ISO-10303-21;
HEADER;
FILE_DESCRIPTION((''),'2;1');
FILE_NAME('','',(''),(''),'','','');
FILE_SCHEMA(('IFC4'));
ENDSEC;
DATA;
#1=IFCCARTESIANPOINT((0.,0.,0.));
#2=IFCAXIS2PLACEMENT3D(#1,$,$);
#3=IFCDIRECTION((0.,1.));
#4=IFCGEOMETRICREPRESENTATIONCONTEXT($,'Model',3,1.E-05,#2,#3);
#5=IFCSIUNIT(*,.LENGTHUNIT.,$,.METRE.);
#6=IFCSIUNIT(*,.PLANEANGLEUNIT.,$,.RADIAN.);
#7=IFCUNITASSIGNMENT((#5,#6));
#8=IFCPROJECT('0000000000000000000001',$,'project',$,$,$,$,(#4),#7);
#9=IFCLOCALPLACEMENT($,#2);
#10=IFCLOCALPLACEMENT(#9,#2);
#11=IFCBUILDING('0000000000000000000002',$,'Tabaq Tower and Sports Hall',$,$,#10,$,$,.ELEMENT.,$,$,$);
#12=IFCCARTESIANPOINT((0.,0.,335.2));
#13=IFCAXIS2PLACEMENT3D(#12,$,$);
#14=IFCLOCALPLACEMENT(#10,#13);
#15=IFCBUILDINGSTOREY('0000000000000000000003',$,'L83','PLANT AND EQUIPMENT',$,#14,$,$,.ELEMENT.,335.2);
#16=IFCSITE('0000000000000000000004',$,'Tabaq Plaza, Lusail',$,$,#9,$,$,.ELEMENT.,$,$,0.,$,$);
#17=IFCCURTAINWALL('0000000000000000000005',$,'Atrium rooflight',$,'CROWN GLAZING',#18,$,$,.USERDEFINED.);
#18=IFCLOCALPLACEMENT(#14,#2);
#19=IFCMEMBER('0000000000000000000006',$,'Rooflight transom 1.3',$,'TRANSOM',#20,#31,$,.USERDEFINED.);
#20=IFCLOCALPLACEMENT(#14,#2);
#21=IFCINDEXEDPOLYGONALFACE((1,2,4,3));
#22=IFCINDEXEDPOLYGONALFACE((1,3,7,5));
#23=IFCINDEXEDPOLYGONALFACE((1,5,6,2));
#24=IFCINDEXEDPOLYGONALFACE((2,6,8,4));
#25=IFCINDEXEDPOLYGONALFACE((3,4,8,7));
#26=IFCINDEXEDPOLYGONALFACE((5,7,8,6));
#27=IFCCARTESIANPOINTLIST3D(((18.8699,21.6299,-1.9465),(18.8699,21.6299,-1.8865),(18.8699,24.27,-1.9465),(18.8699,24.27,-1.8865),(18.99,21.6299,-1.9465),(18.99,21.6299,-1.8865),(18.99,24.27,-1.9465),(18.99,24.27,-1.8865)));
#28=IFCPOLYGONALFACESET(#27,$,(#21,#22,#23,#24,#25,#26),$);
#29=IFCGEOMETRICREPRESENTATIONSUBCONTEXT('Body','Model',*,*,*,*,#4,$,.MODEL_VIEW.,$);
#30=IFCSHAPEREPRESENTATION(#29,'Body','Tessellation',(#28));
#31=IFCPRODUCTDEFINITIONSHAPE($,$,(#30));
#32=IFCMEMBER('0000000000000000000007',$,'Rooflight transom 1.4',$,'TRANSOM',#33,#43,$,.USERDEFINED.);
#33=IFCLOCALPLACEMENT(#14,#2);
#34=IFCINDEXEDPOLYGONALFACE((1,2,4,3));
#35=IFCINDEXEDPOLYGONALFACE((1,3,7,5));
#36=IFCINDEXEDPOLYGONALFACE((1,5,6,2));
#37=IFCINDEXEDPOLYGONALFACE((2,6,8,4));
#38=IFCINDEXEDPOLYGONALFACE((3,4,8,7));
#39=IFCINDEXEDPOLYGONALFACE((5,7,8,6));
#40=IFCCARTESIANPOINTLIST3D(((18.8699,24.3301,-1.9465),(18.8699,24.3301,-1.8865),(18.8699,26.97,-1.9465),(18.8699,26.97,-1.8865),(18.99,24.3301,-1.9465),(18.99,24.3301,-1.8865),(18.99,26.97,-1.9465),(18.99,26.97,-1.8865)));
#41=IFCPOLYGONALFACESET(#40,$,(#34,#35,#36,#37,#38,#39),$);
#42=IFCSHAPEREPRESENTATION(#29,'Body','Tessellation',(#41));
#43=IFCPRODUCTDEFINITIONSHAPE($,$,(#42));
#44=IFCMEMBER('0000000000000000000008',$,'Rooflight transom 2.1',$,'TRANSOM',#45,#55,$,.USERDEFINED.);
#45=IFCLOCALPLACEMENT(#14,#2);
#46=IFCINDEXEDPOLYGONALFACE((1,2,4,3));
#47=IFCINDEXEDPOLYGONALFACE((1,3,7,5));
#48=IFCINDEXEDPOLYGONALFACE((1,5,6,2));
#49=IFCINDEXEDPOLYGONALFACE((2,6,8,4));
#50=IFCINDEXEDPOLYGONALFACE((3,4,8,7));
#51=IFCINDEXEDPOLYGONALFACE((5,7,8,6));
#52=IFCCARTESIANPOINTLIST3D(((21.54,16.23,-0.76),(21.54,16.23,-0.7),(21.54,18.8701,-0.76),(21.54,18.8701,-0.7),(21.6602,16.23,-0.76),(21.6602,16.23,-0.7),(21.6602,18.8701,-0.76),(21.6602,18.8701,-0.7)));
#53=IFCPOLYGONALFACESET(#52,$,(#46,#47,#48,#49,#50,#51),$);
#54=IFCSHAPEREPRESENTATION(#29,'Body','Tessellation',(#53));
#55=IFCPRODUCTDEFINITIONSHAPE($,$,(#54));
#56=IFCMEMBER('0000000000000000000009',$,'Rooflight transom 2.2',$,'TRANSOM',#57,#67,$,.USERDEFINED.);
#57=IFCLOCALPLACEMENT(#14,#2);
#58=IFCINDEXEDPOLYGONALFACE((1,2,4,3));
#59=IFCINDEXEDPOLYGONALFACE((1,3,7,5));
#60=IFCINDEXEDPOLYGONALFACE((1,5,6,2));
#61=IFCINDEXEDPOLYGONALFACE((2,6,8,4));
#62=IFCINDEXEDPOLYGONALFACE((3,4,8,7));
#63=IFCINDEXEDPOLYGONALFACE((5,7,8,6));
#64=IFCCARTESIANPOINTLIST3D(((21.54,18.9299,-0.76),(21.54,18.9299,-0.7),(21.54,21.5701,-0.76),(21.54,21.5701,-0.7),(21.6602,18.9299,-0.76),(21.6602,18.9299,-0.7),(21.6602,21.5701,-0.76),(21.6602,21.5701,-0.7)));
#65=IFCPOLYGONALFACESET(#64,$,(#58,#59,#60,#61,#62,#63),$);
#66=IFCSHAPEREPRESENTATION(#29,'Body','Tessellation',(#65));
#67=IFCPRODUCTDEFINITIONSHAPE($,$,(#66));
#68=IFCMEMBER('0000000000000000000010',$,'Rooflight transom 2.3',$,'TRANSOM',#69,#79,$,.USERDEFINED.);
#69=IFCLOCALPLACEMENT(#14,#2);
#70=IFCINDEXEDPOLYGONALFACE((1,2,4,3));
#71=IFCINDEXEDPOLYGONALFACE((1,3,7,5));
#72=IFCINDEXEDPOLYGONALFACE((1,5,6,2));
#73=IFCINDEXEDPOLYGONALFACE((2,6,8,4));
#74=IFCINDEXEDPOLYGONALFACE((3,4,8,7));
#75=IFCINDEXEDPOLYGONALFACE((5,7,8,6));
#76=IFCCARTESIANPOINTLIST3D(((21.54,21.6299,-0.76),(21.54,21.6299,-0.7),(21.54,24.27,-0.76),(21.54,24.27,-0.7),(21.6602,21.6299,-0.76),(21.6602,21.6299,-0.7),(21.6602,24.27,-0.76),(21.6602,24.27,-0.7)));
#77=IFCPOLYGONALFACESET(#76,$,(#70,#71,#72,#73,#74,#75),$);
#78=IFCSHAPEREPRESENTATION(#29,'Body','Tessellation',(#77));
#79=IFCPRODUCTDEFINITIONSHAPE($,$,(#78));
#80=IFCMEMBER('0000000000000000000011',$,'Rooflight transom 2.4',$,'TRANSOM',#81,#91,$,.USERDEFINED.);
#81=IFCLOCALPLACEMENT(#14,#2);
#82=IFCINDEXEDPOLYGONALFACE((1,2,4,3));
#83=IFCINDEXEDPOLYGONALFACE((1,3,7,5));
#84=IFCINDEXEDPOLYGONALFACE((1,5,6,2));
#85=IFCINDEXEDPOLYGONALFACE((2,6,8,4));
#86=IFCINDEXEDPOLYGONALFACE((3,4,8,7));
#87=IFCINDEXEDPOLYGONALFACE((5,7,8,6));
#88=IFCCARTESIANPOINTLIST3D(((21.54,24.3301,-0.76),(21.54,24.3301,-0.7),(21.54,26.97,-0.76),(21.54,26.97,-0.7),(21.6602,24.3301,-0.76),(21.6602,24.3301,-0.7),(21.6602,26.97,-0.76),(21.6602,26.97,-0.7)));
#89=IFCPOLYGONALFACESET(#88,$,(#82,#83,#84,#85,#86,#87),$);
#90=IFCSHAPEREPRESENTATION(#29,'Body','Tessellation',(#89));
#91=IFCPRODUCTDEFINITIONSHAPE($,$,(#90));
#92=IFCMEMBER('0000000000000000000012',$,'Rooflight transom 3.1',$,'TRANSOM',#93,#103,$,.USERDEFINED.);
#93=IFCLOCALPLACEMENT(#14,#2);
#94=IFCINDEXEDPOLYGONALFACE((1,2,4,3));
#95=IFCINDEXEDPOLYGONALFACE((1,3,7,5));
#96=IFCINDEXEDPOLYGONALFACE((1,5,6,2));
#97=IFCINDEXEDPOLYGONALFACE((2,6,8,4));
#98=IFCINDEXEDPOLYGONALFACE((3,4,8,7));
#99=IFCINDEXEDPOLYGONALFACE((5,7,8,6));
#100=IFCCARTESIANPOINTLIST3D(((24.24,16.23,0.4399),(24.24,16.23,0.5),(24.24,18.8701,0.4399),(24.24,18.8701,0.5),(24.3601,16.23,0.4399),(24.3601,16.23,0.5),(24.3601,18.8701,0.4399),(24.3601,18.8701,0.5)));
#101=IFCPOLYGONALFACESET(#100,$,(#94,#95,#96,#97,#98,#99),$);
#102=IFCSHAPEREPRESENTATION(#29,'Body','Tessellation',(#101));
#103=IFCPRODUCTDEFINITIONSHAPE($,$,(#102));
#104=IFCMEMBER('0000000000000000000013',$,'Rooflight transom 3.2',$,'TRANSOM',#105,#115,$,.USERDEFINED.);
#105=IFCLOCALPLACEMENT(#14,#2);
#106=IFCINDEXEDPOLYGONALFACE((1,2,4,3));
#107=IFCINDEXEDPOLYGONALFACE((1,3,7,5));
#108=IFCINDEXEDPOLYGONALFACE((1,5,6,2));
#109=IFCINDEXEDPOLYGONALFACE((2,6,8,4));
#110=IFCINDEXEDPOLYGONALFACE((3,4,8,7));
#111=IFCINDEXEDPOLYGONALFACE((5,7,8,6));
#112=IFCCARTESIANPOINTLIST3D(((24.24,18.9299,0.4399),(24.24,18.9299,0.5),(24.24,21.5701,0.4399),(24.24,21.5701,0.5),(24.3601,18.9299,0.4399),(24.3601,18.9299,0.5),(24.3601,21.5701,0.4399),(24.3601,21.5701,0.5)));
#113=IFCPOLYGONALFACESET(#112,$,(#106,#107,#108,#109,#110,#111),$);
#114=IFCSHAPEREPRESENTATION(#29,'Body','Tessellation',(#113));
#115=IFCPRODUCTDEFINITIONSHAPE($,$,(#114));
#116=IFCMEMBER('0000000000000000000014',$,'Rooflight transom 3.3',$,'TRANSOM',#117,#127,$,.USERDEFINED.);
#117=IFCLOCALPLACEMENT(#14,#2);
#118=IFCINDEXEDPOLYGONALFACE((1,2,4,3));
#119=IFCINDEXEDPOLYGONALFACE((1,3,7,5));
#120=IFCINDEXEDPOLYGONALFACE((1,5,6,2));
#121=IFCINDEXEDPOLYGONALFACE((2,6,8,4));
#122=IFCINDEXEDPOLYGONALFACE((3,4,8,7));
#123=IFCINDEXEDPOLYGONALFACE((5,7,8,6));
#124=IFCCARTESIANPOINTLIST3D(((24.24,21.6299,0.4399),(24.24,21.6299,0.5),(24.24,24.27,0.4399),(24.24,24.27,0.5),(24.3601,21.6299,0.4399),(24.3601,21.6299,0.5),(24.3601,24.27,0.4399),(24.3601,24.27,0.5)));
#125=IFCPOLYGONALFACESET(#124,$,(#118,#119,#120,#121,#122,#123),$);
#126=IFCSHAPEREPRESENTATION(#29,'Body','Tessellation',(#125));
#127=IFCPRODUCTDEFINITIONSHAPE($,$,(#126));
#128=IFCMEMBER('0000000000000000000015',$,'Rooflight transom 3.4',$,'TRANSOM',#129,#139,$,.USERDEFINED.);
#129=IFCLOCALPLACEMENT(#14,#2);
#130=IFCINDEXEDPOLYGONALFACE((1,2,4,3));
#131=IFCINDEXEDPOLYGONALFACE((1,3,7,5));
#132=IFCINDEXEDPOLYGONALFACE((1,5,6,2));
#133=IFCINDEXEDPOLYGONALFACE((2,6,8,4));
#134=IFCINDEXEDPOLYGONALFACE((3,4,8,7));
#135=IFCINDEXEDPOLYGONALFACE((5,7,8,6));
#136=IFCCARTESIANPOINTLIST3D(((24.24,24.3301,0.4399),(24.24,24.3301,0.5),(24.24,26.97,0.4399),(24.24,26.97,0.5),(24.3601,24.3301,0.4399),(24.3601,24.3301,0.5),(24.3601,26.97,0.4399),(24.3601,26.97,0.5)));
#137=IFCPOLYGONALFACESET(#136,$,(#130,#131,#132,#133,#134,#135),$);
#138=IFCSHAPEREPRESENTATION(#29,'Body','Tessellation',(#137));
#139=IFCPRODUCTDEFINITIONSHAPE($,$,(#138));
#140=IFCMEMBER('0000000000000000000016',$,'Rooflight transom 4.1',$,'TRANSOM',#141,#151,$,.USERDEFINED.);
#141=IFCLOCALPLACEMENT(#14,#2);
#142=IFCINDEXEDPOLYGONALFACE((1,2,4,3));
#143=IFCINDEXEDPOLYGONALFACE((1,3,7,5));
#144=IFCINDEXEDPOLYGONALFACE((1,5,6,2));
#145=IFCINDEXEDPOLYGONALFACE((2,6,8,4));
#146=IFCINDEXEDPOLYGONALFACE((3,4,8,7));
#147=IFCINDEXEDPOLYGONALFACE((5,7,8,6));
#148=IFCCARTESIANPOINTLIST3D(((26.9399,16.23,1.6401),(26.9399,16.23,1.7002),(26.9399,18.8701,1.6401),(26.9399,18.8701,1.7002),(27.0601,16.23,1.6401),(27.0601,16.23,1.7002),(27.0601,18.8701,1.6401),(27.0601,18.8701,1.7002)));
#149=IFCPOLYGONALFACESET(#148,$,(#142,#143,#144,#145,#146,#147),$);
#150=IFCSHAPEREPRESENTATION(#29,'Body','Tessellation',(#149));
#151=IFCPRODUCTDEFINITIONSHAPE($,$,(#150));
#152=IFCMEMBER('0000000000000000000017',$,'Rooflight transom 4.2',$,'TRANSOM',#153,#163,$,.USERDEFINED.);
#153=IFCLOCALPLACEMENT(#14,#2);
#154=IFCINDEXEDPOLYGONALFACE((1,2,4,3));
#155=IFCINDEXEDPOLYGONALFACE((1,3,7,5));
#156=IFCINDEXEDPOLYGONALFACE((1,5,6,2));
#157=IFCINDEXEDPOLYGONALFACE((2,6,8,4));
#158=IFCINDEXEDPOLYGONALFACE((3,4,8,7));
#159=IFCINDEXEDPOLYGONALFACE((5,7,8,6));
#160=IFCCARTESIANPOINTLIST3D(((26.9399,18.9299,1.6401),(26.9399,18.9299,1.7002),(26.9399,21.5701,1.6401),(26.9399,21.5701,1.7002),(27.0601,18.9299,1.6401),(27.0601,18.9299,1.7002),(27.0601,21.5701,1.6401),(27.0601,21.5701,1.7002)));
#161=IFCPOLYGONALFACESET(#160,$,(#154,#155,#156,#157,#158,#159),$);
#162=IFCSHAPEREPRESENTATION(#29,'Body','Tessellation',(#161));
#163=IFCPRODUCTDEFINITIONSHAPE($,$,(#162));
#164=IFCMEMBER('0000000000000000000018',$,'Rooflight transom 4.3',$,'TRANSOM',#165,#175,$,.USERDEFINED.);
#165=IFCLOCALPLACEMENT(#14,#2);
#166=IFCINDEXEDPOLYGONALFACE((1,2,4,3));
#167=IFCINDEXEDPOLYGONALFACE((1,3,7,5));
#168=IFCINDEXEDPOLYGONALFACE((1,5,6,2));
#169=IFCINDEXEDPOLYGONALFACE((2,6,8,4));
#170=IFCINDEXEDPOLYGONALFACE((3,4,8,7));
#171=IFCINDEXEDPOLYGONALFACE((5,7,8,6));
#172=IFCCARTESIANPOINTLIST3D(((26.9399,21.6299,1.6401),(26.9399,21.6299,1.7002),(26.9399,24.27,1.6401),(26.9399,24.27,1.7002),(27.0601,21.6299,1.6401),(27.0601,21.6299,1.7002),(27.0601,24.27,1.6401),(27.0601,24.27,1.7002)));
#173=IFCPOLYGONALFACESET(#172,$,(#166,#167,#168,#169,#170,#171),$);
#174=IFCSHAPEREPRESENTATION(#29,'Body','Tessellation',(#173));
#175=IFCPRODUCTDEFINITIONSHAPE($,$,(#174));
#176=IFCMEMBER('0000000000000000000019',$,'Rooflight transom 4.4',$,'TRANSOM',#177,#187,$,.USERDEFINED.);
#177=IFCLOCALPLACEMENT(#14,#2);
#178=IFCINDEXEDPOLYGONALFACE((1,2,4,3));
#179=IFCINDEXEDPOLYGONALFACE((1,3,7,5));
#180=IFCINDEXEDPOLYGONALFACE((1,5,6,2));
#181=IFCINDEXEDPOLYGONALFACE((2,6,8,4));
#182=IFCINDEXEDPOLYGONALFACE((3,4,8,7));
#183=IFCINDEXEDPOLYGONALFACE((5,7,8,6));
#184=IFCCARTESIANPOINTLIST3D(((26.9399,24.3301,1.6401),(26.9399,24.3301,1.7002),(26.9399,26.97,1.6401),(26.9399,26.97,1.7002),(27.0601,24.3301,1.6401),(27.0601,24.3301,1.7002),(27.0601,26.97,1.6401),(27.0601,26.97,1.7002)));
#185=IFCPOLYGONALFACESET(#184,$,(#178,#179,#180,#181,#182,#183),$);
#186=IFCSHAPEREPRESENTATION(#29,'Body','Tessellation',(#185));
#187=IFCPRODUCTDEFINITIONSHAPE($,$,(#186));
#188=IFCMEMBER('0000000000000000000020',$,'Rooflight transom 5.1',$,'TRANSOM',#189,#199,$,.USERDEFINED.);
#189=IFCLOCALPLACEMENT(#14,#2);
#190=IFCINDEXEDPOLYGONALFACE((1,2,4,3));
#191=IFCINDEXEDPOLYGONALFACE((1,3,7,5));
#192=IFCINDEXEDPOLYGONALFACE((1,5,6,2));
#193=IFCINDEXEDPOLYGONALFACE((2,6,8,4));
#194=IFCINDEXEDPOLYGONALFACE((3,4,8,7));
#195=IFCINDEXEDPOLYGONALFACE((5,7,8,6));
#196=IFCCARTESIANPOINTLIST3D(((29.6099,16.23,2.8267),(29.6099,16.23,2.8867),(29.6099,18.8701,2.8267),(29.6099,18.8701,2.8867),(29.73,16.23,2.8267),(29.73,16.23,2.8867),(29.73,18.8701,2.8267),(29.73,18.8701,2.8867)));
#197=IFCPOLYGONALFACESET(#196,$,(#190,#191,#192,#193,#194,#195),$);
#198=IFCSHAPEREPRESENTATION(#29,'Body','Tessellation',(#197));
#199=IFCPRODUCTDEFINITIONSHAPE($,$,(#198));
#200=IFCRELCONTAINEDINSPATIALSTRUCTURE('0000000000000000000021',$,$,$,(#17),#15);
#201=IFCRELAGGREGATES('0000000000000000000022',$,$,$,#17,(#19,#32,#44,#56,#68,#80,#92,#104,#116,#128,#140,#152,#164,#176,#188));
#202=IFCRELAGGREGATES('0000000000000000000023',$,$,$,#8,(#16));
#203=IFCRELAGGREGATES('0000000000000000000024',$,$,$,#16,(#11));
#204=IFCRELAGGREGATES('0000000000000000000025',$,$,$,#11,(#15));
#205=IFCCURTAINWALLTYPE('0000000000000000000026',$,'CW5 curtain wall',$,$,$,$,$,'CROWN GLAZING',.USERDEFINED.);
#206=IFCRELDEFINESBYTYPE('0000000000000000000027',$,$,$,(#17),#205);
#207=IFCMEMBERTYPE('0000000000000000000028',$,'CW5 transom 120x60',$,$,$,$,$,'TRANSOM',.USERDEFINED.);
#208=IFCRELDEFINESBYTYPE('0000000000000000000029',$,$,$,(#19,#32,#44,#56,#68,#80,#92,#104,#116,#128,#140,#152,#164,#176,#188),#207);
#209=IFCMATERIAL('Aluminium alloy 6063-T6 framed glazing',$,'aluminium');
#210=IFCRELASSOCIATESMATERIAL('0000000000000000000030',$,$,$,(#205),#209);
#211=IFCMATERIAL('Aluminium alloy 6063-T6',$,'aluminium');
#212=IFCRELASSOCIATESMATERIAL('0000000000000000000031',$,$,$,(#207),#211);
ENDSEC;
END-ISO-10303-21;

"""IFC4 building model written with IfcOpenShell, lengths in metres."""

from ifc_helpers import new_model, si_unit, direction, frame, origin, origin_2d, place, context, subcontext, project, spatial, rectangle, extrude, material, material_profile, profile_set, type_object, element, aggregate, save


model = new_model("IFC4")

# Units and contexts
model_context = context("Model", 3, precision=1e-05, world=origin(), true_north=direction((0.0, 1.0)))
body_context = subcontext(model_context, "Body", "Model", "MODEL_VIEW")
ifc_project = project(units=[si_unit("LENGTHUNIT", "METRE"), si_unit("PLANEANGLEUNIT", "RADIAN")], contexts=[model_context])

# Site, building, storey
site_placement = place(None, origin())
site = spatial("IfcSite", under=ifc_project, at=site_placement, Name="Tabaq Plaza, Lusail", CompositionType="ELEMENT", RefElevation=0.0)
building_placement = place(site_placement, origin())
building = spatial("IfcBuilding", under=site, at=building_placement, Name="Tabaq Tower and Sports Hall", CompositionType="ELEMENT")
storey_placement = place(building_placement, frame((0.0, 0.0, 335.2)))
storey = spatial("IfcBuildingStorey", under=building, at=storey_placement, Name="L83", Description="PLANT AND EQUIPMENT", CompositionType="ELEMENT", Elevation=335.2)

# Curtain wall, members
ifc_material_1 = material(Name="Aluminium alloy 6063-T6 framed glazing", Category="aluminium")
curtain_wall_type = type_object("IfcCurtainWallType", Name="CW5 curtain wall", ElementType="CROWN GLAZING", PredefinedType="USERDEFINED", material=ifc_material_1)
curtain_wall_placement = place(storey_placement, origin())
curtain_wall = element("IfcCurtainWall", 1, at=curtain_wall_placement, inside=storey, type_object=curtain_wall_type, Name="Atrium rooflight", ObjectType="CROWN GLAZING", PredefinedType="USERDEFINED")
ifc_material_2 = material(Name="Aluminium alloy 6063-T6", Category="aluminium")
ifc_material_profile = material_profile(ifc_material_2, rectangle(XDim=0.1201, YDim=0.0601, at=origin_2d()), Name="TRANSOM 120x60")
ifc_profile_set = profile_set([ifc_material_profile], Name="Aluminium alloy 6063-T6")
member_type = type_object("IfcMemberType", Name="CW5 transom 120x60", ElementType="TRANSOM", PredefinedType="USERDEFINED", material=ifc_profile_set)
member_1_placement = place(storey_placement, frame((18.9299, 21.6299, -1.9165), z_axis=(0.0, 1.0, 0.0), x_axis=(-1.0, 0.0, 0.0)))
member_1 = element("IfcMember", 2, at=member_1_placement, type_object=member_type, Name="Rooflight transom 1.3", ObjectType="TRANSOM", PredefinedType="USERDEFINED", context=body_context, shape_type="SweptSolid", body=[
    extrude(rectangle(XDim=0.1201, YDim=0.0601, at=origin_2d()), origin(), (0.0, 0.0, 1.0), 2.6401),
])
member_2_placement = place(storey_placement, frame((18.9299, 24.3301, -1.9165), z_axis=(0.0, 1.0, 0.0), x_axis=(-1.0, 0.0, 0.0)))
member_2 = element("IfcMember", 3, at=member_2_placement, type_object=member_type, Name="Rooflight transom 1.4", ObjectType="TRANSOM", PredefinedType="USERDEFINED", context=body_context, shape_type="SweptSolid", body=[
    extrude(rectangle(XDim=0.1201, YDim=0.0601, at=origin_2d()), origin(), (0.0, 0.0, 1.0), 2.6399),
])
member_3_placement = place(storey_placement, frame((21.6001, 16.23, -0.73), z_axis=(0.0, 1.0, 0.0), x_axis=(-1.0, 0.0, 0.0)))
member_3 = element("IfcMember", 4, at=member_3_placement, type_object=member_type, Name="Rooflight transom 2.1", ObjectType="TRANSOM", PredefinedType="USERDEFINED", context=body_context, shape_type="SweptSolid", body=[
    extrude(rectangle(XDim=0.1201, YDim=0.0601, at=origin_2d()), origin(), (0.0, 0.0, 1.0), 2.6401),
])
member_4_placement = place(storey_placement, frame((21.6001, 18.9299, -0.73), z_axis=(0.0, 1.0, 0.0), x_axis=(-1.0, 0.0, 0.0)))
member_4 = element("IfcMember", 5, at=member_4_placement, type_object=member_type, Name="Rooflight transom 2.2", ObjectType="TRANSOM", PredefinedType="USERDEFINED", context=body_context, shape_type="SweptSolid", body=[
    extrude(rectangle(XDim=0.1201, YDim=0.0601, at=origin_2d()), origin(), (0.0, 0.0, 1.0), 2.6401),
])
member_5_placement = place(storey_placement, frame((21.6001, 21.6299, -0.73), z_axis=(0.0, 1.0, 0.0), x_axis=(-1.0, 0.0, 0.0)))
member_5 = element("IfcMember", 6, at=member_5_placement, type_object=member_type, Name="Rooflight transom 2.3", ObjectType="TRANSOM", PredefinedType="USERDEFINED", context=body_context, shape_type="SweptSolid", body=[
    extrude(rectangle(XDim=0.1201, YDim=0.0601, at=origin_2d()), origin(), (0.0, 0.0, 1.0), 2.6401),
])
member_6_placement = place(storey_placement, frame((21.6001, 24.3301, -0.73), z_axis=(0.0, 1.0, 0.0), x_axis=(-1.0, 0.0, 0.0)))
member_6 = element("IfcMember", 7, at=member_6_placement, type_object=member_type, Name="Rooflight transom 2.4", ObjectType="TRANSOM", PredefinedType="USERDEFINED", context=body_context, shape_type="SweptSolid", body=[
    extrude(rectangle(XDim=0.1201, YDim=0.0601, at=origin_2d()), origin(), (0.0, 0.0, 1.0), 2.6399),
])
member_7_placement = place(storey_placement, frame((24.3, 16.23, 0.47), z_axis=(0.0, 1.0, 0.0), x_axis=(-1.0, 0.0, 0.0)))
member_7 = element("IfcMember", 8, at=member_7_placement, type_object=member_type, Name="Rooflight transom 3.1", ObjectType="TRANSOM", PredefinedType="USERDEFINED", context=body_context, shape_type="SweptSolid", body=[
    extrude(rectangle(XDim=0.1201, YDim=0.0601, at=origin_2d()), origin(), (0.0, 0.0, 1.0), 2.6401),
])
member_8_placement = place(storey_placement, frame((24.3, 18.9299, 0.47), z_axis=(0.0, 1.0, 0.0), x_axis=(-1.0, 0.0, 0.0)))
member_8 = element("IfcMember", 9, at=member_8_placement, type_object=member_type, Name="Rooflight transom 3.2", ObjectType="TRANSOM", PredefinedType="USERDEFINED", context=body_context, shape_type="SweptSolid", body=[
    extrude(rectangle(XDim=0.1201, YDim=0.0601, at=origin_2d()), origin(), (0.0, 0.0, 1.0), 2.6401),
])
member_9_placement = place(storey_placement, frame((24.3, 21.6299, 0.47), z_axis=(0.0, 1.0, 0.0), x_axis=(-1.0, 0.0, 0.0)))
member_9 = element("IfcMember", 10, at=member_9_placement, type_object=member_type, Name="Rooflight transom 3.3", ObjectType="TRANSOM", PredefinedType="USERDEFINED", context=body_context, shape_type="SweptSolid", body=[
    extrude(rectangle(XDim=0.1201, YDim=0.0601, at=origin_2d()), origin(), (0.0, 0.0, 1.0), 2.6401),
])
member_10_placement = place(storey_placement, frame((24.3, 24.3301, 0.47), z_axis=(0.0, 1.0, 0.0), x_axis=(-1.0, 0.0, 0.0)))
member_10 = element("IfcMember", 11, at=member_10_placement, type_object=member_type, Name="Rooflight transom 3.4", ObjectType="TRANSOM", PredefinedType="USERDEFINED", context=body_context, shape_type="SweptSolid", body=[
    extrude(rectangle(XDim=0.1201, YDim=0.0601, at=origin_2d()), origin(), (0.0, 0.0, 1.0), 2.6399),
])
member_11_placement = place(storey_placement, frame((27.0, 16.23, 1.6702), z_axis=(0.0, 1.0, 0.0), x_axis=(-1.0, 0.0, 0.0)))
member_11 = element("IfcMember", 12, at=member_11_placement, type_object=member_type, Name="Rooflight transom 4.1", ObjectType="TRANSOM", PredefinedType="USERDEFINED", context=body_context, shape_type="SweptSolid", body=[
    extrude(rectangle(XDim=0.1201, YDim=0.0601, at=origin_2d()), origin(), (0.0, 0.0, 1.0), 2.6401),
])
member_12_placement = place(storey_placement, frame((27.0, 18.9299, 1.6702), z_axis=(0.0, 1.0, 0.0), x_axis=(-1.0, 0.0, 0.0)))
member_12 = element("IfcMember", 13, at=member_12_placement, type_object=member_type, Name="Rooflight transom 4.2", ObjectType="TRANSOM", PredefinedType="USERDEFINED", context=body_context, shape_type="SweptSolid", body=[
    extrude(rectangle(XDim=0.1201, YDim=0.0601, at=origin_2d()), origin(), (0.0, 0.0, 1.0), 2.6401),
])
member_13_placement = place(storey_placement, frame((27.0, 21.6299, 1.6702), z_axis=(0.0, 1.0, 0.0), x_axis=(-1.0, 0.0, 0.0)))
member_13 = element("IfcMember", 14, at=member_13_placement, type_object=member_type, Name="Rooflight transom 4.3", ObjectType="TRANSOM", PredefinedType="USERDEFINED", context=body_context, shape_type="SweptSolid", body=[
    extrude(rectangle(XDim=0.1201, YDim=0.0601, at=origin_2d()), origin(), (0.0, 0.0, 1.0), 2.6401),
])
member_14_placement = place(storey_placement, frame((27.0, 24.3301, 1.6702), z_axis=(0.0, 1.0, 0.0), x_axis=(-1.0, 0.0, 0.0)))
member_14 = element("IfcMember", 15, at=member_14_placement, type_object=member_type, Name="Rooflight transom 4.4", ObjectType="TRANSOM", PredefinedType="USERDEFINED", context=body_context, shape_type="SweptSolid", body=[
    extrude(rectangle(XDim=0.1201, YDim=0.0601, at=origin_2d()), origin(), (0.0, 0.0, 1.0), 2.6399),
])
member_15_placement = place(storey_placement, frame((29.6699, 16.23, 2.8567), z_axis=(0.0, 1.0, 0.0), x_axis=(-1.0, 0.0, 0.0)))
member_15 = element("IfcMember", 16, at=member_15_placement, type_object=member_type, Name="Rooflight transom 5.1", ObjectType="TRANSOM", PredefinedType="USERDEFINED", context=body_context, shape_type="SweptSolid", body=[
    extrude(rectangle(XDim=0.1201, YDim=0.0601, at=origin_2d()), origin(), (0.0, 0.0, 1.0), 2.6401),
])
aggregate(curtain_wall, [member_1, member_2, member_3, member_4, member_5, member_6, member_7, member_8, member_9, member_10, member_11, member_12, member_13, member_14, member_15])

save(model, "model.ifc")
